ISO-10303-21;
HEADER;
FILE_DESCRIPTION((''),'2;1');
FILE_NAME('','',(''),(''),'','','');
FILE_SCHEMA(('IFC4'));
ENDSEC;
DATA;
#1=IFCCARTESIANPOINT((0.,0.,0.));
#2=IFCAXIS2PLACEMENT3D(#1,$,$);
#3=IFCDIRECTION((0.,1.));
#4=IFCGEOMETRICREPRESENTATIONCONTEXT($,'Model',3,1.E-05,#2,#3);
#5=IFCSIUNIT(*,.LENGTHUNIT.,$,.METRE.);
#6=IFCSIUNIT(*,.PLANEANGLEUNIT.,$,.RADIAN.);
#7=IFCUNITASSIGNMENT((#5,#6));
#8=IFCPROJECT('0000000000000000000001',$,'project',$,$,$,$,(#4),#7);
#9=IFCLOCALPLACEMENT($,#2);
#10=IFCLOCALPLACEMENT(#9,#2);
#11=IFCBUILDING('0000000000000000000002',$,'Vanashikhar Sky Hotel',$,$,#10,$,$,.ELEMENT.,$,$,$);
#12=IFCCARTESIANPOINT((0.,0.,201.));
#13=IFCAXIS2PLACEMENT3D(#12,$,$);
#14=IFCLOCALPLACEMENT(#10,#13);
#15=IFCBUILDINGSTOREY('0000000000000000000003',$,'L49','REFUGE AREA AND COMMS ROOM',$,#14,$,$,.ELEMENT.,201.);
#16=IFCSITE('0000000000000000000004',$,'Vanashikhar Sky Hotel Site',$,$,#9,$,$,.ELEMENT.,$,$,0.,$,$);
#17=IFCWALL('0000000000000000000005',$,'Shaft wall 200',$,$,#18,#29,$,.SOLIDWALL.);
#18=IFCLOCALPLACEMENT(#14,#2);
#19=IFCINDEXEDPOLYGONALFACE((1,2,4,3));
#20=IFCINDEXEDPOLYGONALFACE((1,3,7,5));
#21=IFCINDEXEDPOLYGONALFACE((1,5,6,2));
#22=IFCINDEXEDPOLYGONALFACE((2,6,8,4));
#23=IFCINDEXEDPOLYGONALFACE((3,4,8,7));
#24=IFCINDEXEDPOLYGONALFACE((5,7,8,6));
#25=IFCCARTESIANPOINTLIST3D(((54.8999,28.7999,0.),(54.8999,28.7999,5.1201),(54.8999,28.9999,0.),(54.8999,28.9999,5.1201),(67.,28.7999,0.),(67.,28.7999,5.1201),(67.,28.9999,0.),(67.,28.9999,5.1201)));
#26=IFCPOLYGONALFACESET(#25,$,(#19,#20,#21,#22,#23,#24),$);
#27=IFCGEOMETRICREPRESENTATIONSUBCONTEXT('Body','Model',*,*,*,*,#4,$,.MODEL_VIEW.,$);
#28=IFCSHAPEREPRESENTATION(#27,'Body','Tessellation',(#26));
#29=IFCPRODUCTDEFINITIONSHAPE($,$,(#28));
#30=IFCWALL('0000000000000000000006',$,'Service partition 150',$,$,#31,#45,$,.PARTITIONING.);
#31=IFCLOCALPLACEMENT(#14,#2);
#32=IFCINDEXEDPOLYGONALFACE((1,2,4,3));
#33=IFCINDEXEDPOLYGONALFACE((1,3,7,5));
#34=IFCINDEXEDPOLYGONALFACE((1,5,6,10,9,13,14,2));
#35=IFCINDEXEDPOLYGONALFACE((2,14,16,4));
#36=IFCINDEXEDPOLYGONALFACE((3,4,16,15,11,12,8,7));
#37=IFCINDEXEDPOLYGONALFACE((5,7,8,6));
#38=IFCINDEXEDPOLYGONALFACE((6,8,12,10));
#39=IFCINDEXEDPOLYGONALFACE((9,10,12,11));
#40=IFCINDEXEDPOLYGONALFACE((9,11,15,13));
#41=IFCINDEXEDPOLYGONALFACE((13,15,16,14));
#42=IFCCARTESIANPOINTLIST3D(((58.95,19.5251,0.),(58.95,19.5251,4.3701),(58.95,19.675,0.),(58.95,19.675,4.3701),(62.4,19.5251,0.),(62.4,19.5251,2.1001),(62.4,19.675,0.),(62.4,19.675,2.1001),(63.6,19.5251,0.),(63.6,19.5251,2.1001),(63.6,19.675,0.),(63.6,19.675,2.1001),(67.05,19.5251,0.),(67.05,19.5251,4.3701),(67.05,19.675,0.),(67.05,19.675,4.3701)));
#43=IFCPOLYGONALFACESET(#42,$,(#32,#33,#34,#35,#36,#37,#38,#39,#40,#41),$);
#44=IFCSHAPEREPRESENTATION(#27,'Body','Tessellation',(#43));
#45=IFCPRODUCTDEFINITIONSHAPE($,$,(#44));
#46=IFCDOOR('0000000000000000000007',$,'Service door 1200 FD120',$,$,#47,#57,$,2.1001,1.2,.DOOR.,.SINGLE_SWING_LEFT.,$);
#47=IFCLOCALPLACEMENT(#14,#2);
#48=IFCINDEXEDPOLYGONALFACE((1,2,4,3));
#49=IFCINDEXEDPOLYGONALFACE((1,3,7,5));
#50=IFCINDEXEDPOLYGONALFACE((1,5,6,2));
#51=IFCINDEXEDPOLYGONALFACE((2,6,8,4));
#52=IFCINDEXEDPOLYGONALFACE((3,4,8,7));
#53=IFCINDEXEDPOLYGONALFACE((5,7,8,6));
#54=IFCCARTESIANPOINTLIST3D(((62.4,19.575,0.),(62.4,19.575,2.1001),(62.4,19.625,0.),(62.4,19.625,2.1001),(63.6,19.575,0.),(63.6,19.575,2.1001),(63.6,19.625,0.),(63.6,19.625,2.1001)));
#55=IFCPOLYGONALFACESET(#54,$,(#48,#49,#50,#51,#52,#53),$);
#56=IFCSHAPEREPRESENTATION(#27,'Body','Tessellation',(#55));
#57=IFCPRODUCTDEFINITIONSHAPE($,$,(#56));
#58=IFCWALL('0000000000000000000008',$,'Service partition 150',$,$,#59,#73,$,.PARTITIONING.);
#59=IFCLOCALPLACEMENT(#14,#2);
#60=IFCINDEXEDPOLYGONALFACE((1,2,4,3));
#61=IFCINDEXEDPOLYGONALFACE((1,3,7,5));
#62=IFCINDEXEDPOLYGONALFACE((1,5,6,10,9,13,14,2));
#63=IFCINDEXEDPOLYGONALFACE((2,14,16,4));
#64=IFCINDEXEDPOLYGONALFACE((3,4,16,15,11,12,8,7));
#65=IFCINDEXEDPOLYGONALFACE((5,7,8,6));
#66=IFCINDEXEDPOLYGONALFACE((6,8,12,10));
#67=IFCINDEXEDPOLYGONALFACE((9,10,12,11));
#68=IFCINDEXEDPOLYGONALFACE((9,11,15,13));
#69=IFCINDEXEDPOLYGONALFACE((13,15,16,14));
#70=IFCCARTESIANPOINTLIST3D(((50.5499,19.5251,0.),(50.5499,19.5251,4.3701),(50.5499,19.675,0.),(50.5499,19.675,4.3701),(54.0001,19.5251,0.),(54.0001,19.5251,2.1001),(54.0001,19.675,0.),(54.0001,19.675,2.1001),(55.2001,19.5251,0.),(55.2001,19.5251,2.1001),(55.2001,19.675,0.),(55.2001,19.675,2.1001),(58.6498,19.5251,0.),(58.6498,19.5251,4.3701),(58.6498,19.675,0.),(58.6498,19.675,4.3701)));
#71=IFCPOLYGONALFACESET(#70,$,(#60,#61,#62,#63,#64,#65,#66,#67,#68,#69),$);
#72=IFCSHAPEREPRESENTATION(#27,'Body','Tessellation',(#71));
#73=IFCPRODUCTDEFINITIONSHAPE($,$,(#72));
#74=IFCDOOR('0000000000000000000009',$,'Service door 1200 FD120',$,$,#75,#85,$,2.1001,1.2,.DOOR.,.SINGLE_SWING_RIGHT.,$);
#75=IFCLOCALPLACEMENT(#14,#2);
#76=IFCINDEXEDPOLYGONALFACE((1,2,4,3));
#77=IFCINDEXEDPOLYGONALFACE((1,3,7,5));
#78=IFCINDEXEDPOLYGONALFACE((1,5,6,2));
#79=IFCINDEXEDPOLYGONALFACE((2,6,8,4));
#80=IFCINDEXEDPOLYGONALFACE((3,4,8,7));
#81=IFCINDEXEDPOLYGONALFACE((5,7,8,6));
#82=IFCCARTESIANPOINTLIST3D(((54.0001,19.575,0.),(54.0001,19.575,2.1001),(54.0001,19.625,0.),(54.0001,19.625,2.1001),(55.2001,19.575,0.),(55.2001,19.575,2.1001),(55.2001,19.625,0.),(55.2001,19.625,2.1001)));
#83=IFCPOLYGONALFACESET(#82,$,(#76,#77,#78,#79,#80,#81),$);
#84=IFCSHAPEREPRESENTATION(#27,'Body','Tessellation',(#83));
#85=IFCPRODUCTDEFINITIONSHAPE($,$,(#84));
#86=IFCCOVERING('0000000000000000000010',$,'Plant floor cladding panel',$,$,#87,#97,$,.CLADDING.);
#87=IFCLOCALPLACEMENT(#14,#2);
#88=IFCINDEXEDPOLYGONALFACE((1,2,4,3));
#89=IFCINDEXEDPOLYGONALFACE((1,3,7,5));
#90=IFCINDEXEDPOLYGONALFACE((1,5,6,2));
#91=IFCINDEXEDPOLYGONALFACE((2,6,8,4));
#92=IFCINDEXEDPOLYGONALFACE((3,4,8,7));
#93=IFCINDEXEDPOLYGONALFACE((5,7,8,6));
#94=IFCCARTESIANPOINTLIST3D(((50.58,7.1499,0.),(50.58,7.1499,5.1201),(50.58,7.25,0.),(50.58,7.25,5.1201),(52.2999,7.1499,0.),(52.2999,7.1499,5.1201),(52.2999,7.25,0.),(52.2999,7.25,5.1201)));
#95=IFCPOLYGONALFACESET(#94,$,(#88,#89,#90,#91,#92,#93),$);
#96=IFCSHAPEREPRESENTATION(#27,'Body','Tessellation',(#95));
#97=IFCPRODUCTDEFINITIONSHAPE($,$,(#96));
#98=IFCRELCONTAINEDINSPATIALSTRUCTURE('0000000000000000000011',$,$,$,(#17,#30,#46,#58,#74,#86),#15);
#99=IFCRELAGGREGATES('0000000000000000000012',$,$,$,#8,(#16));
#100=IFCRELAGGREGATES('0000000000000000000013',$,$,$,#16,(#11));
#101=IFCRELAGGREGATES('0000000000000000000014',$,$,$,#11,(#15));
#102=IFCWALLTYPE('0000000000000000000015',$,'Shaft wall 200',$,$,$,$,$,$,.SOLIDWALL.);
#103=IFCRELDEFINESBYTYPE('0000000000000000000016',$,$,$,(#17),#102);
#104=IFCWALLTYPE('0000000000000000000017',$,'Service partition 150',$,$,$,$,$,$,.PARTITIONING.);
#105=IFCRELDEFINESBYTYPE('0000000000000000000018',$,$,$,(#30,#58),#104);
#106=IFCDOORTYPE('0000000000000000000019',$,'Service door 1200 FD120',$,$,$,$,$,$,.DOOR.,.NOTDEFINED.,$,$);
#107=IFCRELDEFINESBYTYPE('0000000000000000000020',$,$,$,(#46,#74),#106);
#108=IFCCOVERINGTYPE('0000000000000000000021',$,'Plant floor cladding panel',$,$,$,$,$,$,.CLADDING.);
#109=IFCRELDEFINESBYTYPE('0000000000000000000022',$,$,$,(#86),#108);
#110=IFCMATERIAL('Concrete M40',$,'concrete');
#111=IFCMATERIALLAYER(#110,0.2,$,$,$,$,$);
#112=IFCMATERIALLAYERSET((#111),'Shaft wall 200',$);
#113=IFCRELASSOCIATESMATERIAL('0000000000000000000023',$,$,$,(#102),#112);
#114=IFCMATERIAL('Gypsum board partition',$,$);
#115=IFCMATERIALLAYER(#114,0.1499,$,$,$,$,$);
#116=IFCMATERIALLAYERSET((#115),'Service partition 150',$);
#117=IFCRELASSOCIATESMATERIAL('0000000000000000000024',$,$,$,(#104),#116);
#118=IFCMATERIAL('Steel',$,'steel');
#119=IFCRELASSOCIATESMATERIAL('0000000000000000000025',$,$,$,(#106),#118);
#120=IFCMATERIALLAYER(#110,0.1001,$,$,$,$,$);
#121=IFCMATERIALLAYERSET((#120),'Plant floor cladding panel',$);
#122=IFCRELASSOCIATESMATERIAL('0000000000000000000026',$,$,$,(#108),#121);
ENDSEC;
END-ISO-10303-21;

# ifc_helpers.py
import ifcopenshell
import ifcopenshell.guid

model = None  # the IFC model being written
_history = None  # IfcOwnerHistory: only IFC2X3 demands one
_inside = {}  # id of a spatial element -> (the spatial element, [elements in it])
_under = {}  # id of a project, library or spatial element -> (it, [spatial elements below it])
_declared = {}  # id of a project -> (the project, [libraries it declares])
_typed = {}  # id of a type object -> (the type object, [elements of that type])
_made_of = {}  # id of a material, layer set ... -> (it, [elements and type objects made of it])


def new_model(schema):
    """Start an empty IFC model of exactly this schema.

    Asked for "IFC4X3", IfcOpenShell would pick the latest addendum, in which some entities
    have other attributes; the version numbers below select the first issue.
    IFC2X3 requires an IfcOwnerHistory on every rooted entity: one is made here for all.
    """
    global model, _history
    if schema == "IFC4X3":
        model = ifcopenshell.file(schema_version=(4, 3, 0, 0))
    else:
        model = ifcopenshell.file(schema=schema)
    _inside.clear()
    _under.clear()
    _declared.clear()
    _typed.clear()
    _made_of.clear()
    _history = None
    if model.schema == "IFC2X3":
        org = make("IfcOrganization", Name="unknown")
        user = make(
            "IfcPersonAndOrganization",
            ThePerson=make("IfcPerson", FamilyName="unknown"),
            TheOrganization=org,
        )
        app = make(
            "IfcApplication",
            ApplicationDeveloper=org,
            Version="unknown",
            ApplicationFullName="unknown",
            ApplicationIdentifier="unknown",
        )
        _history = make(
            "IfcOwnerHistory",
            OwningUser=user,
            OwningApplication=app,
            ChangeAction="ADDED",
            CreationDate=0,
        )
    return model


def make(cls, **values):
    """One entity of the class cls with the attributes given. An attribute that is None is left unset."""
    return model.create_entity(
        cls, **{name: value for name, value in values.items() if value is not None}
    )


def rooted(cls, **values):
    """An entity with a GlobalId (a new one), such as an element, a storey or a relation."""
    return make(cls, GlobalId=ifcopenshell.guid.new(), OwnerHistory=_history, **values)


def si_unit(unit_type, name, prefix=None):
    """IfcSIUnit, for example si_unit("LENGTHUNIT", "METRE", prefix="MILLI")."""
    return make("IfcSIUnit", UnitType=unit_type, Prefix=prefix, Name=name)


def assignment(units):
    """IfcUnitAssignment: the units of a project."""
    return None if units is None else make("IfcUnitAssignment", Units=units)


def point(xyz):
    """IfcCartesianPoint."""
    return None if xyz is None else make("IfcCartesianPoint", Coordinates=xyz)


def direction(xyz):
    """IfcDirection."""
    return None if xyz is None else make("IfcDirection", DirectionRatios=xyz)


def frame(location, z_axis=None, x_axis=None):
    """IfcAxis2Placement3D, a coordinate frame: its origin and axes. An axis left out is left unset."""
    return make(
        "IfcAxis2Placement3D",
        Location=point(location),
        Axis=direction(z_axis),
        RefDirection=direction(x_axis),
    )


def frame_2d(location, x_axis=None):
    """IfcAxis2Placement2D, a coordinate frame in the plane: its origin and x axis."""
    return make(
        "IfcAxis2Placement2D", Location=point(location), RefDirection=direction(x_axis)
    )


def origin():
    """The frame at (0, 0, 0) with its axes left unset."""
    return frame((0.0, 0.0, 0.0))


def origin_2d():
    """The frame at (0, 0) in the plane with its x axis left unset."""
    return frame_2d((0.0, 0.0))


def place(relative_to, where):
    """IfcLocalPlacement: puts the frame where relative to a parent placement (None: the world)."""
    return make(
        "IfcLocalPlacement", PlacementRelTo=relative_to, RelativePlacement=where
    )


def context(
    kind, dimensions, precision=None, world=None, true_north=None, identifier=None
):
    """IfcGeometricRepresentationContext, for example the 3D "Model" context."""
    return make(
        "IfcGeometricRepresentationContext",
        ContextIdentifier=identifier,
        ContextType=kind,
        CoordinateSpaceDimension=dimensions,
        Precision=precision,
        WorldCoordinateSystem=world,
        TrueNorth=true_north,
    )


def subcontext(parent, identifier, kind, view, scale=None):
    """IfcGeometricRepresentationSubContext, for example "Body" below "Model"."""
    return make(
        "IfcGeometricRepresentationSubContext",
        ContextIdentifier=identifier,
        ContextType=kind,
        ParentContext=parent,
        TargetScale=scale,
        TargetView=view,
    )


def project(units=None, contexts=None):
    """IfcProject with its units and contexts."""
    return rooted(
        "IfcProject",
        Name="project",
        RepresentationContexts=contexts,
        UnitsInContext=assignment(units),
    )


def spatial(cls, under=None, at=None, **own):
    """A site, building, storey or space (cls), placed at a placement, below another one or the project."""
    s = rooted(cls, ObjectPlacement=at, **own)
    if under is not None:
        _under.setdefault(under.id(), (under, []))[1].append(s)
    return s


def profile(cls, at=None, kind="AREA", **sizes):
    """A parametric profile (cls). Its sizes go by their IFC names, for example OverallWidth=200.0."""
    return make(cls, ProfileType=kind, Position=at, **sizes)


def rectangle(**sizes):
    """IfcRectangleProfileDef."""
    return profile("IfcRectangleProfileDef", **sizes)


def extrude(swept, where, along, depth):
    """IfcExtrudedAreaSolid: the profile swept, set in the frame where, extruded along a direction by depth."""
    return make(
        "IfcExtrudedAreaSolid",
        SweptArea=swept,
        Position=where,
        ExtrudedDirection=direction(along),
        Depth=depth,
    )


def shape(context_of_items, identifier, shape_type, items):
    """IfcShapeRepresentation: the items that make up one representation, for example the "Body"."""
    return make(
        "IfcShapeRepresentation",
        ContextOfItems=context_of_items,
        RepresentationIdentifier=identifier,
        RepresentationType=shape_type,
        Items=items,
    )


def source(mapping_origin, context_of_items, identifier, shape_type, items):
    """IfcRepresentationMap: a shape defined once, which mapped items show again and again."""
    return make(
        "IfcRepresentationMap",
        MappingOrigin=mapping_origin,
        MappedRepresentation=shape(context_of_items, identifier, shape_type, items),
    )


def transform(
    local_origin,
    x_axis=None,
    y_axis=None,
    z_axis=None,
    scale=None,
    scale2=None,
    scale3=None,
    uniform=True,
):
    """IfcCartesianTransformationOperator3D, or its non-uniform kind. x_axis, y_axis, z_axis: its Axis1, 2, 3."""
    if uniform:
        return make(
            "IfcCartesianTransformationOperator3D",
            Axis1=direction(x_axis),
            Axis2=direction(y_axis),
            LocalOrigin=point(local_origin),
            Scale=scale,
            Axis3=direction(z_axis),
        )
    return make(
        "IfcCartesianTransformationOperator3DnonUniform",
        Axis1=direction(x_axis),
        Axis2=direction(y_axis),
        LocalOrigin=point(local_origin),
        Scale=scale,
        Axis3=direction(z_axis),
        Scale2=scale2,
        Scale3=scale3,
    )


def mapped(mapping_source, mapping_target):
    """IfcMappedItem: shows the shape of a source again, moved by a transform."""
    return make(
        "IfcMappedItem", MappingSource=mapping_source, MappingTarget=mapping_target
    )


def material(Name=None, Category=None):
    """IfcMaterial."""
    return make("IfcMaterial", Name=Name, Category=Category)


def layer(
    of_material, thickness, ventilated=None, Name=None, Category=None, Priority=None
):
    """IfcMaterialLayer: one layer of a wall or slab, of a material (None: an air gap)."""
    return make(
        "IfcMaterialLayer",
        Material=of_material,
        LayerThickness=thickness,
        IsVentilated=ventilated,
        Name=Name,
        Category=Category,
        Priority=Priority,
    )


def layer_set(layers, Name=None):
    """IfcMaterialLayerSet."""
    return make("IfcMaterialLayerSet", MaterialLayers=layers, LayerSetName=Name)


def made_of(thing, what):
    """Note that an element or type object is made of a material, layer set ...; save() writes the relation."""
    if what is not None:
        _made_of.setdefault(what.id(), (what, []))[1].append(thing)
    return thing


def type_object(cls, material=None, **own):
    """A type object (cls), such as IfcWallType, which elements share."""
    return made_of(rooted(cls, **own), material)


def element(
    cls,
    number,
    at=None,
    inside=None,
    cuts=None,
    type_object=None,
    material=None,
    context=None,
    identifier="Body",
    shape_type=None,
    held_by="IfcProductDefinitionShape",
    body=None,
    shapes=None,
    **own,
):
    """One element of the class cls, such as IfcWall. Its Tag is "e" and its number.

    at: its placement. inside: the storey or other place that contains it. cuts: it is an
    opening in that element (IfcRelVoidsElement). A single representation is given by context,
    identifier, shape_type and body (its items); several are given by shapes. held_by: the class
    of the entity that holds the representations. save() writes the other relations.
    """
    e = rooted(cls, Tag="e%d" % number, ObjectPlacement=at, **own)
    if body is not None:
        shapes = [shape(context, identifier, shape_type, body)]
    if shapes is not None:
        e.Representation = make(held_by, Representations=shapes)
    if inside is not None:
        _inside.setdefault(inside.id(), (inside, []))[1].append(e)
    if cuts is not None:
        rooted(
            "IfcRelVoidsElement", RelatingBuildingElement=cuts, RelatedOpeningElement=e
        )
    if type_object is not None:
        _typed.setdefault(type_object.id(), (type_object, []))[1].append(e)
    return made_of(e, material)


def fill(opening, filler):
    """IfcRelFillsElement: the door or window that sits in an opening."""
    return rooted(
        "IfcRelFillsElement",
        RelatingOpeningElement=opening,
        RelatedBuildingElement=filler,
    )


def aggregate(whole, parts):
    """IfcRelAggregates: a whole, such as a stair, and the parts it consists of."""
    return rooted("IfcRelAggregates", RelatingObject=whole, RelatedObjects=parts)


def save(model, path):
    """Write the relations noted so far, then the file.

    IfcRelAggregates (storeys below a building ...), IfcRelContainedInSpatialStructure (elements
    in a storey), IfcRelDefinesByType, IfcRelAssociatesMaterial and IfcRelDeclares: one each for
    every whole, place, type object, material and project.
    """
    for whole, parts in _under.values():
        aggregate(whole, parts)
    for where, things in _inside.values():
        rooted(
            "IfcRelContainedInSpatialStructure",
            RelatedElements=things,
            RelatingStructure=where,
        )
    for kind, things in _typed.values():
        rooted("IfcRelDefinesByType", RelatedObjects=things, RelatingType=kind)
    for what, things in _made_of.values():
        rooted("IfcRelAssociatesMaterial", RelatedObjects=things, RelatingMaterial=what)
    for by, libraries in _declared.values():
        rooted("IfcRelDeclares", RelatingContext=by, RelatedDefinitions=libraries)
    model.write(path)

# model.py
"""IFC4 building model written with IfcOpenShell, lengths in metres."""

from ifc_helpers import new_model, si_unit, direction, frame, frame_2d, origin, origin_2d, place, context, subcontext, project, spatial, rectangle, extrude, source, transform, mapped, material, layer, layer_set, type_object, element, fill, save


model = new_model("IFC4")

# Units and contexts
model_context = context("Model", 3, precision=1e-05, world=origin(), true_north=direction((0.0, 1.0)))
body_context = subcontext(model_context, "Body", "Model", "MODEL_VIEW")
ifc_project = project(units=[si_unit("LENGTHUNIT", "METRE"), si_unit("PLANEANGLEUNIT", "RADIAN")], contexts=[model_context])

# Site, building, storey
site_placement = place(None, origin())
site = spatial("IfcSite", under=ifc_project, at=site_placement, Name="Vanashikhar Sky Hotel Site", CompositionType="ELEMENT", RefElevation=0.0)
building_placement = place(site_placement, origin())
building = spatial("IfcBuilding", under=site, at=building_placement, Name="Vanashikhar Sky Hotel", CompositionType="ELEMENT")
storey_placement = place(building_placement, frame((0.0, 0.0, 201.0)))
storey = spatial("IfcBuildingStorey", under=building, at=storey_placement, Name="L49", Description="REFUGE AREA AND COMMS ROOM", CompositionType="ELEMENT", Elevation=201.0)

# Shared definitions
ifc_material_1 = material(Name="Steel", Category="steel")

# Wall
ifc_material_2 = material(Name="Concrete M40", Category="concrete")
ifc_layer_1 = layer(ifc_material_2, 0.2)
ifc_layer_set_1 = layer_set([ifc_layer_1], Name="Shaft wall 200")
wall_type_1 = type_object("IfcWallType", Name="Shaft wall 200", PredefinedType="SOLIDWALL", material=ifc_layer_set_1)
shared_shape_1 = source(origin(), body_context, "Body", "SweptSolid", [
    extrude(rectangle(XDim=12.1001, YDim=0.2, at=frame_2d((6.05, 0.0))), origin(), (0.0, 0.0, 1.0), 5.1201),
])
wall_1_placement = place(storey_placement, frame((67.0, 28.8999, 0.0), z_axis=(0.0, 0.0, 1.0), x_axis=(-1.0, 0.0, 0.0)))
element("IfcWall", 1, at=wall_1_placement, inside=storey, type_object=wall_type_1, Name="Shaft wall 200", PredefinedType="SOLIDWALL", context=body_context, shape_type="MappedRepresentation", body=[
    mapped(shared_shape_1, transform((0.0, 0.0, 0.0), scale=1.0)),
])

# Walls, openings, doors
ifc_material_3 = material(Name="Gypsum board partition")
ifc_layer_2 = layer(ifc_material_3, 0.1499)
ifc_layer_set_2 = layer_set([ifc_layer_2], Name="Service partition 150")
wall_type_2 = type_object("IfcWallType", Name="Service partition 150", PredefinedType="PARTITIONING", material=ifc_layer_set_2)
shared_shape_2 = source(origin(), body_context, "Body", "SweptSolid", [
    extrude(rectangle(XDim=8.1001, YDim=0.1499, at=frame_2d((4.05, 0.0))), origin(), (0.0, 0.0, 1.0), 4.3701),
])
wall_2_placement = place(storey_placement, frame((58.95, 19.6001, 0.0), z_axis=(0.0, 0.0, 1.0), x_axis=(1.0, 0.0, 0.0)))
wall_2 = element("IfcWall", 2, at=wall_2_placement, inside=storey, type_object=wall_type_2, Name="Service partition 150", PredefinedType="PARTITIONING", context=body_context, shape_type="MappedRepresentation", body=[
    mapped(shared_shape_2, transform((0.0, 0.0, 0.0), scale=1.0)),
])
shared_shape_3 = source(origin(), body_context, "Body", "SweptSolid", [
    extrude(rectangle(XDim=1.2, YDim=2.1001, at=frame_2d((0.6001, 1.05))), frame((0.0, 0.085, 0.0), z_axis=(0.0, -1.0, 0.0), x_axis=(1.0, 0.0, 0.0)), (0.0, 0.0, 1.0), 0.1699),
])
opening_1_placement = place(wall_2_placement, frame((3.45, 0.0, 0.0)))
opening_1 = element("IfcOpeningElement", 3, at=opening_1_placement, cuts=wall_2, PredefinedType="OPENING", context=body_context, shape_type="MappedRepresentation", body=[
    mapped(shared_shape_3, transform((0.0, 0.0, 0.0), scale=1.0)),
])
door_type_1 = type_object("IfcDoorType", Name="Service door 1200 FD120", OperationType="NOTDEFINED", PredefinedType="DOOR", material=ifc_material_1)
shared_shape_4 = source(origin(), body_context, "Body", "SweptSolid", [
    extrude(rectangle(XDim=1.2, YDim=2.1001, at=frame_2d((0.6001, 1.05))), frame((0.0, 0.0249, 0.0), z_axis=(0.0, -1.0, 0.0), x_axis=(1.0, 0.0, 0.0)), (0.0, 0.0, 1.0), 0.05),
])
door_1_placement = place(opening_1_placement, origin())
door_1 = element("IfcDoor", 4, at=door_1_placement, inside=storey, type_object=door_type_1, Name="Service door 1200 FD120", OperationType="SINGLE_SWING_LEFT", OverallHeight=2.1001, OverallWidth=1.2, PredefinedType="DOOR", context=body_context, shape_type="MappedRepresentation", body=[
    mapped(shared_shape_4, transform((0.0, 0.0, 0.0), scale=1.0)),
])
fill(opening_1, door_1)
shared_shape_5 = source(origin(), body_context, "Body", "SweptSolid", [
    extrude(rectangle(XDim=8.0999, YDim=0.1499, at=frame_2d((4.0498, 0.0))), origin(), (0.0, 0.0, 1.0), 4.3701),
])
wall_3_placement = place(storey_placement, frame((50.55, 19.6001, 0.0), z_axis=(0.0, 0.0, 1.0), x_axis=(1.0, 0.0, 0.0)))
wall_3 = element("IfcWall", 5, at=wall_3_placement, inside=storey, type_object=wall_type_2, Name="Service partition 150", PredefinedType="PARTITIONING", context=body_context, shape_type="MappedRepresentation", body=[
    mapped(shared_shape_5, transform((0.0, 0.0, 0.0), scale=1.0)),
])
opening_2_placement = place(wall_3_placement, frame((3.45, 0.0, 0.0)))
opening_2 = element("IfcOpeningElement", 6, at=opening_2_placement, cuts=wall_3, PredefinedType="OPENING", context=body_context, shape_type="MappedRepresentation", body=[
    mapped(shared_shape_3, transform((0.0, 0.0, 0.0), scale=1.0)),
])
door_2_placement = place(opening_2_placement, origin())
door_2 = element("IfcDoor", 7, at=door_2_placement, inside=storey, type_object=door_type_1, Name="Service door 1200 FD120", OperationType="SINGLE_SWING_RIGHT", OverallHeight=2.1001, OverallWidth=1.2, PredefinedType="DOOR", context=body_context, shape_type="MappedRepresentation", body=[
    mapped(shared_shape_4, transform((0.0, 0.0, 0.0), scale=1.0)),
])
fill(opening_2, door_2)

# Covering
ifc_layer_3 = layer(ifc_material_2, 0.1001)
ifc_layer_set_3 = layer_set([ifc_layer_3], Name="Plant floor cladding panel")
covering_type = type_object("IfcCoveringType", Name="Plant floor cladding panel", PredefinedType="CLADDING", material=ifc_layer_set_3)
shared_shape_6 = source(origin(), body_context, "Body", "SweptSolid", [
    extrude(rectangle(XDim=1.72, YDim=0.1001, at=origin_2d()), origin(), (0.0, 0.0, 1.0), 5.1201),
])
covering_placement = place(storey_placement, frame((51.4399, 7.2, 0.0), z_axis=(0.0, 0.0, 1.0), x_axis=(1.0, 0.0, 0.0)))
element("IfcCovering", 8, at=covering_placement, inside=storey, type_object=covering_type, Name="Plant floor cladding panel", PredefinedType="CLADDING", context=body_context, shape_type="MappedRepresentation", body=[
    mapped(shared_shape_6, transform((0.0, 0.0, 0.0), scale=1.0)),
])

save(model, "model.ifc")
